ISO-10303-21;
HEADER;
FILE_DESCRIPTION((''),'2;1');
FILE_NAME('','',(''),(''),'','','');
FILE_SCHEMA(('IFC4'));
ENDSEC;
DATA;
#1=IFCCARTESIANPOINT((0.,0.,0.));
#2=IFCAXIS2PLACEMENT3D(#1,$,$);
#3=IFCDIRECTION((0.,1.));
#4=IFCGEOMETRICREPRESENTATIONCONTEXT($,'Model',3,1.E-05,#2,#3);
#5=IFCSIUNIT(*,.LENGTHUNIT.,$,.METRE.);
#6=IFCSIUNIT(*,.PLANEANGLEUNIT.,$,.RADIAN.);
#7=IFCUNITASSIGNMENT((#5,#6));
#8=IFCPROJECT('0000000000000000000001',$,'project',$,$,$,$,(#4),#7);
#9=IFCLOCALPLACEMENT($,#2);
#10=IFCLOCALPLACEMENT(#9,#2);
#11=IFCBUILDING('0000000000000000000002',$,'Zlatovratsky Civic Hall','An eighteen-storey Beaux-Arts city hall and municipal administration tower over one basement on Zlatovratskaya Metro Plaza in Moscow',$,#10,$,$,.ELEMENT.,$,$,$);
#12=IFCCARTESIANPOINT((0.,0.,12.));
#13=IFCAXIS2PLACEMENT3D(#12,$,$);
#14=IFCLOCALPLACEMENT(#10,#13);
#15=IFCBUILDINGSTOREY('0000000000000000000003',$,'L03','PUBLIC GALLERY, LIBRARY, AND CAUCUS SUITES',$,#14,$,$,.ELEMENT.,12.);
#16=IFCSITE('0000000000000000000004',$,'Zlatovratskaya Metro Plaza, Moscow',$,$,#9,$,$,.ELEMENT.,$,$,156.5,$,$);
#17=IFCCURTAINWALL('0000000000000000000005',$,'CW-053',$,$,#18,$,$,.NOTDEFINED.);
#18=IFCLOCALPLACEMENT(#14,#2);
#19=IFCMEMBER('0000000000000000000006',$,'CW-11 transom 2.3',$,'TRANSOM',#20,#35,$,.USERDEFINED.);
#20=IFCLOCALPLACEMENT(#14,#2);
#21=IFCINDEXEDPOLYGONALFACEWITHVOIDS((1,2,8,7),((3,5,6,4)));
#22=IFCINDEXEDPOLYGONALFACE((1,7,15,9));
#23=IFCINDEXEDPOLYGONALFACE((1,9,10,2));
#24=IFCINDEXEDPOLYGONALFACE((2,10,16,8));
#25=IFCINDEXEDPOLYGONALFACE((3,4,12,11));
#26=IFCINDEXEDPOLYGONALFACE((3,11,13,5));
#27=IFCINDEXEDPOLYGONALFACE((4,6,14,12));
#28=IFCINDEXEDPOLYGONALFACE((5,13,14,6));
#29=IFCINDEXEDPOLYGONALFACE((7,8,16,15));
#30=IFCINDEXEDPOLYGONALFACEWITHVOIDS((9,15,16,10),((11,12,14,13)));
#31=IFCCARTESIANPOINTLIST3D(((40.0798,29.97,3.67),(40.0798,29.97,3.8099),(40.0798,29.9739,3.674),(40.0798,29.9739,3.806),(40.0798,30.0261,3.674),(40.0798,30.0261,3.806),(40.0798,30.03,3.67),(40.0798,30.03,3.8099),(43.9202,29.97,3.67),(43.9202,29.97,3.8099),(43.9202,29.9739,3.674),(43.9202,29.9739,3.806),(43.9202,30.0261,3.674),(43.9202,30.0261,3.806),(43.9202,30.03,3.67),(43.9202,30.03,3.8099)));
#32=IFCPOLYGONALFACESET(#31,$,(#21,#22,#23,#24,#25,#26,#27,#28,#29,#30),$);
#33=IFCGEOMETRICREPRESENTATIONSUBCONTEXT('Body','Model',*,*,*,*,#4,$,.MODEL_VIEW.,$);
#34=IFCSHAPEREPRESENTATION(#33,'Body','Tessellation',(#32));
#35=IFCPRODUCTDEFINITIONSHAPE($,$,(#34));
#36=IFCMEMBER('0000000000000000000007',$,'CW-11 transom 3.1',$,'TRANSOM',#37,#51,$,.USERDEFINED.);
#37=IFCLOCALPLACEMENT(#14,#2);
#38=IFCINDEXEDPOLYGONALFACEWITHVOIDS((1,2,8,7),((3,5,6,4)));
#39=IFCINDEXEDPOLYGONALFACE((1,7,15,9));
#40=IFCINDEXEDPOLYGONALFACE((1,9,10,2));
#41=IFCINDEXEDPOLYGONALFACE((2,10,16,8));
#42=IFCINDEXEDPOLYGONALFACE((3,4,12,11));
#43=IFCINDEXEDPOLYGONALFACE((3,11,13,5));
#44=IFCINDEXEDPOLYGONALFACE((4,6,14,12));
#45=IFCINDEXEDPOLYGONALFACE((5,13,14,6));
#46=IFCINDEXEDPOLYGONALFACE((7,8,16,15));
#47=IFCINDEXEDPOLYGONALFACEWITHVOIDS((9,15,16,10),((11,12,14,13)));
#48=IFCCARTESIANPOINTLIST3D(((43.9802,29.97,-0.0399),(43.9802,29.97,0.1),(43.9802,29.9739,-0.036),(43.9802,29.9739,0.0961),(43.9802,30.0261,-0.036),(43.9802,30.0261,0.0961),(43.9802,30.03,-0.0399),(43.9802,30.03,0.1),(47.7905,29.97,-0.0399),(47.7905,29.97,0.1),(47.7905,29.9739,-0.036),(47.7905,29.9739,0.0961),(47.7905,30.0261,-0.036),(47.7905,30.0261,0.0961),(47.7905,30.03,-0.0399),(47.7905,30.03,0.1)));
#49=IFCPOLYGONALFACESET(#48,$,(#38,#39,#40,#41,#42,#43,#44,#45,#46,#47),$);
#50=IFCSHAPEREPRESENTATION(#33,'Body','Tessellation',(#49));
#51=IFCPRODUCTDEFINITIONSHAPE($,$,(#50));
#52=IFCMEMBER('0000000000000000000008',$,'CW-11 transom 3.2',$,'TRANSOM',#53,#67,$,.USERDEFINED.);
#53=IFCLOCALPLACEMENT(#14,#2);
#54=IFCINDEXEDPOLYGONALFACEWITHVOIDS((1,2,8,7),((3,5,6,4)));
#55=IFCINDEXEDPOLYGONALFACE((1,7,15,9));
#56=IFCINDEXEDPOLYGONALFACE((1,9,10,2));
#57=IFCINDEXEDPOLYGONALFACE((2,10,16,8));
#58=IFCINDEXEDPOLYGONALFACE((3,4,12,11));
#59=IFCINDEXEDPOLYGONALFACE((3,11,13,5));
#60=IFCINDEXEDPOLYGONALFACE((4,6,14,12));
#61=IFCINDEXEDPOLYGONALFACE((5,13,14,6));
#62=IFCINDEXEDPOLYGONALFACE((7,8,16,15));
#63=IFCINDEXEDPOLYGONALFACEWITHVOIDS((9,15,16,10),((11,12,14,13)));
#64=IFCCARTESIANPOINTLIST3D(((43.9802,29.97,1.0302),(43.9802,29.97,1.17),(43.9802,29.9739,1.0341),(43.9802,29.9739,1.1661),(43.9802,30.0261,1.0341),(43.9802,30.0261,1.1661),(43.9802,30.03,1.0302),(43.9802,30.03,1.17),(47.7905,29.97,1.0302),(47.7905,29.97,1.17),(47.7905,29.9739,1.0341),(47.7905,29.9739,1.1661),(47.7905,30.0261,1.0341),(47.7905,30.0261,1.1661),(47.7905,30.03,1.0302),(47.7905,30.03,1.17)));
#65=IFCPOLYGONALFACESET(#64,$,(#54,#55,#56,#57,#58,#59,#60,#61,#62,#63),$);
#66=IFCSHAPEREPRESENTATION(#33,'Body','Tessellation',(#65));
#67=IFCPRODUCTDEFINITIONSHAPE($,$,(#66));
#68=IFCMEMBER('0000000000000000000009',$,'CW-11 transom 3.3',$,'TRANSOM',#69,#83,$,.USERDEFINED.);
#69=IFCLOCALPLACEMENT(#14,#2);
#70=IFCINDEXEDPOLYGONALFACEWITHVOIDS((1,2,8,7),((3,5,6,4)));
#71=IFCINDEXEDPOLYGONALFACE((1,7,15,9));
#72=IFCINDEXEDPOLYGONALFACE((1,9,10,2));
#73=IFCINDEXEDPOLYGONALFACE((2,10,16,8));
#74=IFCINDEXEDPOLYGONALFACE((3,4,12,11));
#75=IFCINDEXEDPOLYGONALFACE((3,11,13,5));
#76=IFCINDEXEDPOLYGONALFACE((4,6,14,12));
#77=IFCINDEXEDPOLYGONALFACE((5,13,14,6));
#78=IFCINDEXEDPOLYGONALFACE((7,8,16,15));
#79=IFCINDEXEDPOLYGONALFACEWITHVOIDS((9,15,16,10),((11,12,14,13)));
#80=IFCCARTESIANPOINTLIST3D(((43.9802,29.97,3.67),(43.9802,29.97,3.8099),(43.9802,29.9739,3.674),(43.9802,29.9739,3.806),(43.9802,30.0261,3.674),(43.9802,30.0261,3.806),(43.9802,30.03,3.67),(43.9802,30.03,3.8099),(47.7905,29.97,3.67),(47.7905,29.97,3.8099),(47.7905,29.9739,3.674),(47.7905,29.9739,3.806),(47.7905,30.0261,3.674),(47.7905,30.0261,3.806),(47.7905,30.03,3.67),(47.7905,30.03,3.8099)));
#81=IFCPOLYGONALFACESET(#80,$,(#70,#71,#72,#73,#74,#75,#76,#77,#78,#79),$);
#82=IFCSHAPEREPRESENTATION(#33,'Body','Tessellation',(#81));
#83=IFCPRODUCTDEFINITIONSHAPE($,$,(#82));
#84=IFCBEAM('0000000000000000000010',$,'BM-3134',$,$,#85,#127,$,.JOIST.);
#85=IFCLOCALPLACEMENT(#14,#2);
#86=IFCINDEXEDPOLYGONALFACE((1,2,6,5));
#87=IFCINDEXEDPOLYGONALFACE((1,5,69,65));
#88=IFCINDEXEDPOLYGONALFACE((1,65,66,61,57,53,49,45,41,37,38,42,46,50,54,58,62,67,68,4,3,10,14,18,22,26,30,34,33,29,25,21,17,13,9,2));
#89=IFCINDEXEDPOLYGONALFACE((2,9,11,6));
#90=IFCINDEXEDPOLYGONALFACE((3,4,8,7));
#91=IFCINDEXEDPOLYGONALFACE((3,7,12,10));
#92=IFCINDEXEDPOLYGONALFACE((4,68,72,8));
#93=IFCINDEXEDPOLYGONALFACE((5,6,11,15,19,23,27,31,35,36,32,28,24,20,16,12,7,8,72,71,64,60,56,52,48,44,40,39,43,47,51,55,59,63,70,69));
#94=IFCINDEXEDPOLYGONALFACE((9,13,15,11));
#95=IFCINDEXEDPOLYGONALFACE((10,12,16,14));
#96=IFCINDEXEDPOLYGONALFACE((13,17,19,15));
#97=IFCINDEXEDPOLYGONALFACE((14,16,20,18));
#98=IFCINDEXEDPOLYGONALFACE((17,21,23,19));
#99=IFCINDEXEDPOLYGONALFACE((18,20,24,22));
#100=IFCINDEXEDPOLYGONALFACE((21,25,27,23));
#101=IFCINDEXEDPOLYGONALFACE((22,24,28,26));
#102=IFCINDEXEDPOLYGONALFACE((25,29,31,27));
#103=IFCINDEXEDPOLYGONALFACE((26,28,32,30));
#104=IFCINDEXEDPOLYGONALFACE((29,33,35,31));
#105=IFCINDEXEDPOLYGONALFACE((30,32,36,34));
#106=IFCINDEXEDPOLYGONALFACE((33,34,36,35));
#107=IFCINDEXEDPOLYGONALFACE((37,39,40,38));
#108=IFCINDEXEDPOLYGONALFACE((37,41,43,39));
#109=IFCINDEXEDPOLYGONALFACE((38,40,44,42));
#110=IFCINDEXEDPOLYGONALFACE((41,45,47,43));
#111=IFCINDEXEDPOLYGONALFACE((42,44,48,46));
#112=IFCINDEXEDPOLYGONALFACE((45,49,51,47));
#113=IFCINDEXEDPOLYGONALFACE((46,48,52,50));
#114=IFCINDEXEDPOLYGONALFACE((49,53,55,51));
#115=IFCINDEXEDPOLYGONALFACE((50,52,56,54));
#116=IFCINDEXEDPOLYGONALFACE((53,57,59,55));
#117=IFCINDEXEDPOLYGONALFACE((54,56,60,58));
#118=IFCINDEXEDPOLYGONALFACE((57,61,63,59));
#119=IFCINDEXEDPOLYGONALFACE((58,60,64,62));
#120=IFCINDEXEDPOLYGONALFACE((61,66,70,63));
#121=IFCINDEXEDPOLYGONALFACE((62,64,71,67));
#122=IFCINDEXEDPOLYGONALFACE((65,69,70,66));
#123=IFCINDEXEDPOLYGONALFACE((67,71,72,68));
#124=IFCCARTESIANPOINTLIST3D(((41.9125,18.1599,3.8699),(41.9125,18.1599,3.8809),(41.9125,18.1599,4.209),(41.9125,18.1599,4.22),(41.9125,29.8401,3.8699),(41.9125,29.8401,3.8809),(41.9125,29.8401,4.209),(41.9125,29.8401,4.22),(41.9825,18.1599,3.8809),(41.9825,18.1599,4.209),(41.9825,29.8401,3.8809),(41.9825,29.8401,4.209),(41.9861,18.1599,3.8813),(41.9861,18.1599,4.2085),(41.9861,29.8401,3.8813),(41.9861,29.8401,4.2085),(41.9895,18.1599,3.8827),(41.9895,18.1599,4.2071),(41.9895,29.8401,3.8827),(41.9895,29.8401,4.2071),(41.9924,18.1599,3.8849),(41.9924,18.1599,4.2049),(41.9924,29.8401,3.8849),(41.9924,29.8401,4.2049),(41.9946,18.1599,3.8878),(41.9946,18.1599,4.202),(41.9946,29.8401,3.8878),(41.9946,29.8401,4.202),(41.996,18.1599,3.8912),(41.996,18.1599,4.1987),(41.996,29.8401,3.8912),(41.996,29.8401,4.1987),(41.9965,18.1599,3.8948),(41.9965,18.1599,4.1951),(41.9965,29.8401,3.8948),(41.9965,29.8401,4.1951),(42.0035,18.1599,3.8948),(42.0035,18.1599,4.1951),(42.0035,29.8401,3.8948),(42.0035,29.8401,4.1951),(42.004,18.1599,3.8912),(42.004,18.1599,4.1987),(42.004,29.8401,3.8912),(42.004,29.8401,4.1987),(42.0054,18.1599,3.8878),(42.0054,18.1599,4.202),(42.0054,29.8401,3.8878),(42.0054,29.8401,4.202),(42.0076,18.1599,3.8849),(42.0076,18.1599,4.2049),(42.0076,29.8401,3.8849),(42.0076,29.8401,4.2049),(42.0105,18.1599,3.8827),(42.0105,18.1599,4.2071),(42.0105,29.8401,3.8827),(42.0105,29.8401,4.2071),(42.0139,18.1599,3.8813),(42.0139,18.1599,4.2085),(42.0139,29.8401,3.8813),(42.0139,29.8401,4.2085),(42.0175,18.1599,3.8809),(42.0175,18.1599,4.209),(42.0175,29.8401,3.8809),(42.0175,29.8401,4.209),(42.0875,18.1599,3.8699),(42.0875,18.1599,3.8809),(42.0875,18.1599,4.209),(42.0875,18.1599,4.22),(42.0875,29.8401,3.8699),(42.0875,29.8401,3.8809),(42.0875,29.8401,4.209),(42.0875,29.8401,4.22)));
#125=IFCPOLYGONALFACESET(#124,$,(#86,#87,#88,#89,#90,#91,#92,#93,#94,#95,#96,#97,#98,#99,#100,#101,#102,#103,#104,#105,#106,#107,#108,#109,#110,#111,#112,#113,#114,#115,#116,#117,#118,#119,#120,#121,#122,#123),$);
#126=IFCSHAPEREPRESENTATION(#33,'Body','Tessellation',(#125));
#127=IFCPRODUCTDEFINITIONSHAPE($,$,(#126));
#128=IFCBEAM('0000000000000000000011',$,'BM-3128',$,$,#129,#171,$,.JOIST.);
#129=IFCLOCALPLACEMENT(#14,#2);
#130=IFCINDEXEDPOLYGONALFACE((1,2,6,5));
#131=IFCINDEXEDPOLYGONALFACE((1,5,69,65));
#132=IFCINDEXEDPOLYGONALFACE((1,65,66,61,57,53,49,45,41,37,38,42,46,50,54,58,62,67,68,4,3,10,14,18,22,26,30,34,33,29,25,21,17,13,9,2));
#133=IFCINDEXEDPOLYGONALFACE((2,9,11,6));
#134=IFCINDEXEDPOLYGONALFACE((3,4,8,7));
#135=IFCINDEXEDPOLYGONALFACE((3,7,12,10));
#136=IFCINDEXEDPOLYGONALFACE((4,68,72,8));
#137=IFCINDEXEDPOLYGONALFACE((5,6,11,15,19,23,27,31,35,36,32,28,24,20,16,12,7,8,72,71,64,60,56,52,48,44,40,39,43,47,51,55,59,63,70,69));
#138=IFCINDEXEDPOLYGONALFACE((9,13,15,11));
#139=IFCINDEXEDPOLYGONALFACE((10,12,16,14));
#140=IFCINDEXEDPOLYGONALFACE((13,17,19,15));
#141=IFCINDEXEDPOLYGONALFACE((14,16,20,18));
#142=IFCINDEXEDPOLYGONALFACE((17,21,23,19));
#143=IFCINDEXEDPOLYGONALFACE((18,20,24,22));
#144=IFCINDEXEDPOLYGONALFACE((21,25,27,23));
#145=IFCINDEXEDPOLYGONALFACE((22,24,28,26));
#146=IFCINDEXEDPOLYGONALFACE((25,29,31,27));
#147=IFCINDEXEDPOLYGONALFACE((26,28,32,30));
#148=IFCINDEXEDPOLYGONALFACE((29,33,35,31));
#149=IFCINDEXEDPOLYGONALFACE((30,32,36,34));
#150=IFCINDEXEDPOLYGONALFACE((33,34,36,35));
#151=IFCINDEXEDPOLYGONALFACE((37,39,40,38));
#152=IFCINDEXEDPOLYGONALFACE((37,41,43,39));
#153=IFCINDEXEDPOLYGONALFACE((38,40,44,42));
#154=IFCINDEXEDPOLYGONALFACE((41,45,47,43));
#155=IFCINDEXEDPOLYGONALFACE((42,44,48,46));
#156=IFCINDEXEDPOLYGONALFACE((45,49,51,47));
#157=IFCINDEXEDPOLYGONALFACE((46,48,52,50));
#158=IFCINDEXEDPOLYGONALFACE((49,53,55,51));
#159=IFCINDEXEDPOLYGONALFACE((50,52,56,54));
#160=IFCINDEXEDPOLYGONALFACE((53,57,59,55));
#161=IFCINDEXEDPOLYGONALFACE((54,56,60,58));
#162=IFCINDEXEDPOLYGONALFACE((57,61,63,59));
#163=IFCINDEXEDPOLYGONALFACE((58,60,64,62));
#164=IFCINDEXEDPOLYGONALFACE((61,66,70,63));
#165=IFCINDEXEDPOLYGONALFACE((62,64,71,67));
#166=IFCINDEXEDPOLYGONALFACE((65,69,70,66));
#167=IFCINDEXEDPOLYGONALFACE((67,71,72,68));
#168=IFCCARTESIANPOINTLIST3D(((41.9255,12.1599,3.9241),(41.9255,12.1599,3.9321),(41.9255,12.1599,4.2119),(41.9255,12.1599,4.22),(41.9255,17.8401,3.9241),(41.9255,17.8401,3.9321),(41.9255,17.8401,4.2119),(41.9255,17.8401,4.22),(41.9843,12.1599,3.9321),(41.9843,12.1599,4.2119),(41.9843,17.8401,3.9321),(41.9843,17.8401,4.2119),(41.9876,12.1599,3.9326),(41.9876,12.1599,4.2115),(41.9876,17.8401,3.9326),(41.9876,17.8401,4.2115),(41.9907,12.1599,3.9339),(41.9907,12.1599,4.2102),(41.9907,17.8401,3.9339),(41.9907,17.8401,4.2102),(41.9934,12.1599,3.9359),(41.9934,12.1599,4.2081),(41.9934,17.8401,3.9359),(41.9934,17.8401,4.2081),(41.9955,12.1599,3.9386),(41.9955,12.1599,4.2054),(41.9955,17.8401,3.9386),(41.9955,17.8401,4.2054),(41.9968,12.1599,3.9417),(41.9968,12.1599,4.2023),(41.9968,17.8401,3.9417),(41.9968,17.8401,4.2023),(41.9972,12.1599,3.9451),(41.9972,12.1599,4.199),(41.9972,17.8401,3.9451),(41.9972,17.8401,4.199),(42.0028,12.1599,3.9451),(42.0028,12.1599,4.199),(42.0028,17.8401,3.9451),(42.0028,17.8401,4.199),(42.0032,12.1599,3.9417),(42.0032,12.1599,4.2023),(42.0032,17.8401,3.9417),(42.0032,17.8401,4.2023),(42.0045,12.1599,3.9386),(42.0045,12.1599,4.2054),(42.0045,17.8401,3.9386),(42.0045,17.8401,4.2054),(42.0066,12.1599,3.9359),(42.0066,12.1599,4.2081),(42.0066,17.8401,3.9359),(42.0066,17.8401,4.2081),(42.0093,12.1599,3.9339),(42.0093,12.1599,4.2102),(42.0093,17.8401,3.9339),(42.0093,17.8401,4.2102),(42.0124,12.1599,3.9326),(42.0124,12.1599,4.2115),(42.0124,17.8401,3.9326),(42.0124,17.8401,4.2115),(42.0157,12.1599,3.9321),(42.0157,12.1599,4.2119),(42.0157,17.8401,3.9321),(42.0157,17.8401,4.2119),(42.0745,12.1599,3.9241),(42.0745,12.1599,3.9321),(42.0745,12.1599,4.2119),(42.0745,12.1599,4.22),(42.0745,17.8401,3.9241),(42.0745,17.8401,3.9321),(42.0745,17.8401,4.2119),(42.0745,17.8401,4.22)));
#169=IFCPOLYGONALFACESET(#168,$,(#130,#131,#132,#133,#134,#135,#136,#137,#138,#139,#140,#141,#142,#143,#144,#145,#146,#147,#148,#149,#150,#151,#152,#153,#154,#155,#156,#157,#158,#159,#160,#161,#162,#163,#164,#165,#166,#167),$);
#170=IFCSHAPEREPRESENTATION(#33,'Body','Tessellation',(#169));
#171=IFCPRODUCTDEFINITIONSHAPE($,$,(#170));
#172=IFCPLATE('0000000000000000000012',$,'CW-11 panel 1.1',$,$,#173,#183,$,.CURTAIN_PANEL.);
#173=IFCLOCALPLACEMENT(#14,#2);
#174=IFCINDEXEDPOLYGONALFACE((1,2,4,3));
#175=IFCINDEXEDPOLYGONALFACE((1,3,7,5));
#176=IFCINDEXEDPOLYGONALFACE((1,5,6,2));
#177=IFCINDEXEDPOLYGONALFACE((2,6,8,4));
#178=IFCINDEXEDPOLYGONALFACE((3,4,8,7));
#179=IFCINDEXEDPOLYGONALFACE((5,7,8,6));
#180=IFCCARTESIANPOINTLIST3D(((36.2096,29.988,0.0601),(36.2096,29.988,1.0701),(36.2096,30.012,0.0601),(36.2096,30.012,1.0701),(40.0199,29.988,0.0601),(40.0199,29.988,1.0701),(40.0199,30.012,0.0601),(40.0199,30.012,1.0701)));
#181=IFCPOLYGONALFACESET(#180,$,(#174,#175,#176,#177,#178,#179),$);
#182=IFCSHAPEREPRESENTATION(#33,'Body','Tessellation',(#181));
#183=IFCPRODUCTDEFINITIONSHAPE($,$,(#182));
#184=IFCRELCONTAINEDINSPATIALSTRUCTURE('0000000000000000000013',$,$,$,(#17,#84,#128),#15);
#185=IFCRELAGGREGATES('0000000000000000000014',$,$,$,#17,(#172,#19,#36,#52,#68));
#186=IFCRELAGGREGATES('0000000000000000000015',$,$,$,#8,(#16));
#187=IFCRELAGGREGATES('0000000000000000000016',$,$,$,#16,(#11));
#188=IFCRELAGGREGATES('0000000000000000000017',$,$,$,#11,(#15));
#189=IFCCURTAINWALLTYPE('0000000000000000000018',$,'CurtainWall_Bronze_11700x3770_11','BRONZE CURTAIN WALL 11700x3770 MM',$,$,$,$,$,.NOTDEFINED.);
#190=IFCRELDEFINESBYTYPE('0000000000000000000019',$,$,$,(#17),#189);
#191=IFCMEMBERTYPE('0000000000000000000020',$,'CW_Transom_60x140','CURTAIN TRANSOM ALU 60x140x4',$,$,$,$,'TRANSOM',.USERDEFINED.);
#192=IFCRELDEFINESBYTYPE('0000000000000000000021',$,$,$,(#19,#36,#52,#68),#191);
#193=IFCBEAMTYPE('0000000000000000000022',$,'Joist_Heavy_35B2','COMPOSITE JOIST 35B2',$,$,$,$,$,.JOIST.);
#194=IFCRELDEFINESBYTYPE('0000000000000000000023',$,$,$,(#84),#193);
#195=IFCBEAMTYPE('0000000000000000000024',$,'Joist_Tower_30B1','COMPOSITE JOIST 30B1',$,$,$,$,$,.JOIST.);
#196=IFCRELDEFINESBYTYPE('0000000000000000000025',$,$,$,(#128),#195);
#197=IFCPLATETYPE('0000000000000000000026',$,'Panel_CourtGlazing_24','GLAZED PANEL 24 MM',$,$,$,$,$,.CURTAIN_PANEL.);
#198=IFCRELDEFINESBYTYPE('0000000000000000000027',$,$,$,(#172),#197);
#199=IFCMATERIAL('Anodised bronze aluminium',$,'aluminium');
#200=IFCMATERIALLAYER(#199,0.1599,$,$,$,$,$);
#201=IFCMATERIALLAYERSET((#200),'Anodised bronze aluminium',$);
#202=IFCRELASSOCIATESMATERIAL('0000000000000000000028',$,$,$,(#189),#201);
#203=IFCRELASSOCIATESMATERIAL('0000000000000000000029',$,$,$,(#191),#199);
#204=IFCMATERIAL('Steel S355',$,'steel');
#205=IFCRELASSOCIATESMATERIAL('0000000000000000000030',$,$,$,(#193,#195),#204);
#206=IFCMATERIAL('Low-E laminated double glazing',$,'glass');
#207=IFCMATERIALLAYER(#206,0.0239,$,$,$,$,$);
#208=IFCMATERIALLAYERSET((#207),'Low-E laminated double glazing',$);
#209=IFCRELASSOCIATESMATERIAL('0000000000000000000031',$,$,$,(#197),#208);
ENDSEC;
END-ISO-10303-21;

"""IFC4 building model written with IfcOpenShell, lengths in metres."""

from ifc_helpers import new_model, si_unit, direction, frame, origin, origin_2d, place, context, subcontext, project, spatial, rectangle, hollow_rectangle, i_section, extrude, material, layer, layer_set, material_profile, profile_set, type_object, element, aggregate, save


model = new_model("IFC4")

# Units and contexts
model_context = context("Model", 3, precision=1e-05, world=origin(), true_north=direction((0.0, 1.0)))
body_context = subcontext(model_context, "Body", "Model", "MODEL_VIEW")
ifc_project = project(units=[si_unit("LENGTHUNIT", "METRE"), si_unit("PLANEANGLEUNIT", "RADIAN")], contexts=[model_context])

# Site, building, storey
site_placement = place(None, origin())
site = spatial("IfcSite", under=ifc_project, at=site_placement, Name="Zlatovratskaya Metro Plaza, Moscow", CompositionType="ELEMENT", RefElevation=156.5)
building_placement = place(site_placement, origin())
building = spatial("IfcBuilding", under=site, at=building_placement, Name="Zlatovratsky Civic Hall", Description="An eighteen-storey Beaux-Arts city hall and municipal administration tower over one basement on Zlatovratskaya Metro Plaza in Moscow", CompositionType="ELEMENT")
storey_placement = place(building_placement, frame((0.0, 0.0, 12.0)))
storey = spatial("IfcBuildingStorey", under=building, at=storey_placement, Name="L03", Description="PUBLIC GALLERY, LIBRARY, AND CAUCUS SUITES", CompositionType="ELEMENT", Elevation=12.0)

# Shared definitions
ifc_material_1 = material(Name="Steel S355", Category="steel")

# Curtain wall, members
ifc_material_2 = material(Name="Anodised bronze aluminium", Category="aluminium")
ifc_layer_1 = layer(ifc_material_2, 0.1599)
ifc_layer_set_1 = layer_set([ifc_layer_1], Name="Anodised bronze aluminium")
curtain_wall_type = type_object("IfcCurtainWallType", Name="CurtainWall_Bronze_11700x3770_11", Description="BRONZE CURTAIN WALL 11700x3770 MM", PredefinedType="NOTDEFINED", material=ifc_layer_set_1)
curtain_wall_placement = place(storey_placement, origin())
curtain_wall = element("IfcCurtainWall", 1, at=curtain_wall_placement, inside=storey, type_object=curtain_wall_type, Name="CW-053", PredefinedType="NOTDEFINED")
ifc_material_profile_1 = material_profile(ifc_material_2, hollow_rectangle(XDim=0.0601, YDim=0.1399, WallThickness=0.0039, at=origin_2d()), Name="ALU 60x140x4")
ifc_profile_set_1 = profile_set([ifc_material_profile_1], Name="Anodised bronze aluminium")
member_type_1 = type_object("IfcMemberType", Name="CW_Transom_60x140", Description="CURTAIN TRANSOM ALU 60x140x4", ElementType="TRANSOM", PredefinedType="USERDEFINED", material=ifc_profile_set_1)
member_1_placement = place(storey_placement, frame((40.0798, 30.0, 3.74), z_axis=(1.0, 0.0, 0.0), x_axis=(0.0, 1.0, 0.0)))
member_1 = element("IfcMember", 2, at=member_1_placement, type_object=member_type_1, Name="CW-11 transom 2.3", ObjectType="TRANSOM", PredefinedType="USERDEFINED", context=body_context, shape_type="SweptSolid", body=[
    extrude(hollow_rectangle(XDim=0.0601, YDim=0.1399, WallThickness=0.0039, at=origin_2d()), origin(), (0.0, 0.0, 1.0), 3.8403),
])
member_2_placement = place(storey_placement, frame((43.9802, 30.0, 0.03), z_axis=(1.0, 0.0, 0.0), x_axis=(0.0, 1.0, 0.0)))
member_2 = element("IfcMember", 3, at=member_2_placement, type_object=member_type_1, Name="CW-11 transom 3.1", ObjectType="TRANSOM", PredefinedType="USERDEFINED", context=body_context, shape_type="SweptSolid", body=[
    extrude(hollow_rectangle(XDim=0.0601, YDim=0.1399, WallThickness=0.0039, at=origin_2d()), origin(), (0.0, 0.0, 1.0), 3.8103),
])
member_3_placement = place(storey_placement, frame((43.9802, 30.0, 1.1001), z_axis=(1.0, 0.0, 0.0), x_axis=(0.0, 1.0, 0.0)))
member_3 = element("IfcMember", 4, at=member_3_placement, type_object=member_type_1, Name="CW-11 transom 3.2", ObjectType="TRANSOM", PredefinedType="USERDEFINED", context=body_context, shape_type="SweptSolid", body=[
    extrude(hollow_rectangle(XDim=0.0601, YDim=0.1399, WallThickness=0.0039, at=origin_2d()), origin(), (0.0, 0.0, 1.0), 3.8103),
])
member_4_placement = place(storey_placement, frame((43.9802, 30.0, 3.74), z_axis=(1.0, 0.0, 0.0), x_axis=(0.0, 1.0, 0.0)))
member_4 = element("IfcMember", 5, at=member_4_placement, type_object=member_type_1, Name="CW-11 transom 3.3", ObjectType="TRANSOM", PredefinedType="USERDEFINED", context=body_context, shape_type="SweptSolid", body=[
    extrude(hollow_rectangle(XDim=0.0601, YDim=0.1399, WallThickness=0.0039, at=origin_2d()), origin(), (0.0, 0.0, 1.0), 3.8103),
])

# Beams
ifc_material_profile_2 = material_profile(ifc_material_1, i_section(OverallWidth=0.175, OverallDepth=0.3501, WebThickness=0.0071, FlangeThickness=0.011, FilletRadius=0.0139, at=origin_2d()), Name="35B2")
ifc_profile_set_2 = profile_set([ifc_material_profile_2], Name="Steel S355")
beam_type_1 = type_object("IfcBeamType", Name="Joist_Heavy_35B2", Description="COMPOSITE JOIST 35B2", PredefinedType="JOIST", material=ifc_profile_set_2)
beam_1_placement = place(storey_placement, frame((42.0, 18.1599, 4.0449), z_axis=(0.0, 1.0, 0.0), x_axis=(-1.0, 0.0, 0.0)))
element("IfcBeam", 6, at=beam_1_placement, inside=storey, type_object=beam_type_1, Name="BM-3134", PredefinedType="JOIST", context=body_context, shape_type="SweptSolid", body=[
    extrude(i_section(OverallWidth=0.175, OverallDepth=0.3501, WebThickness=0.0071, FlangeThickness=0.011, FilletRadius=0.0139, at=origin_2d()), origin(), (0.0, 0.0, 1.0), 11.6802),
])
ifc_material_profile_3 = material_profile(ifc_material_1, i_section(OverallWidth=0.1489, OverallDepth=0.2959, WebThickness=0.0056, FlangeThickness=0.0081, FilletRadius=0.0129, at=origin_2d()), Name="30B1")
ifc_profile_set_3 = profile_set([ifc_material_profile_3], Name="Steel S355")
beam_type_2 = type_object("IfcBeamType", Name="Joist_Tower_30B1", Description="COMPOSITE JOIST 30B1", PredefinedType="JOIST", material=ifc_profile_set_3)
beam_2_placement = place(storey_placement, frame((42.0, 12.1599, 4.072), z_axis=(0.0, 1.0, 0.0), x_axis=(-1.0, 0.0, 0.0)))
element("IfcBeam", 7, at=beam_2_placement, inside=storey, type_object=beam_type_2, Name="BM-3128", PredefinedType="JOIST", context=body_context, shape_type="SweptSolid", body=[
    extrude(i_section(OverallWidth=0.1489, OverallDepth=0.2959, WebThickness=0.0056, FlangeThickness=0.0081, FilletRadius=0.0129, at=origin_2d()), origin(), (0.0, 0.0, 1.0), 5.6802),
])

# Plate
ifc_material_3 = material(Name="Low-E laminated double glazing", Category="glass")
ifc_layer_2 = layer(ifc_material_3, 0.0239)
ifc_layer_set_2 = layer_set([ifc_layer_2], Name="Low-E laminated double glazing")
plate_type = type_object("IfcPlateType", Name="Panel_CourtGlazing_24", Description="GLAZED PANEL 24 MM", PredefinedType="CURTAIN_PANEL", material=ifc_layer_set_2)
plate_1_placement = place(storey_placement, frame((38.1147, 30.0, 0.0601), z_axis=(0.0, 0.0, 1.0), x_axis=(1.0, 0.0, 0.0)))
plate_1 = element("IfcPlate", 8, at=plate_1_placement, type_object=plate_type, Name="CW-11 panel 1.1", PredefinedType="CURTAIN_PANEL", context=body_context, shape_type="SweptSolid", body=[
    extrude(rectangle(XDim=3.8103, YDim=0.0239, at=origin_2d()), origin(), (0.0, 0.0, 1.0), 1.01),
])
aggregate(curtain_wall, [plate_1, member_1, member_2, member_3, member_4])

save(model, "model.ifc")
